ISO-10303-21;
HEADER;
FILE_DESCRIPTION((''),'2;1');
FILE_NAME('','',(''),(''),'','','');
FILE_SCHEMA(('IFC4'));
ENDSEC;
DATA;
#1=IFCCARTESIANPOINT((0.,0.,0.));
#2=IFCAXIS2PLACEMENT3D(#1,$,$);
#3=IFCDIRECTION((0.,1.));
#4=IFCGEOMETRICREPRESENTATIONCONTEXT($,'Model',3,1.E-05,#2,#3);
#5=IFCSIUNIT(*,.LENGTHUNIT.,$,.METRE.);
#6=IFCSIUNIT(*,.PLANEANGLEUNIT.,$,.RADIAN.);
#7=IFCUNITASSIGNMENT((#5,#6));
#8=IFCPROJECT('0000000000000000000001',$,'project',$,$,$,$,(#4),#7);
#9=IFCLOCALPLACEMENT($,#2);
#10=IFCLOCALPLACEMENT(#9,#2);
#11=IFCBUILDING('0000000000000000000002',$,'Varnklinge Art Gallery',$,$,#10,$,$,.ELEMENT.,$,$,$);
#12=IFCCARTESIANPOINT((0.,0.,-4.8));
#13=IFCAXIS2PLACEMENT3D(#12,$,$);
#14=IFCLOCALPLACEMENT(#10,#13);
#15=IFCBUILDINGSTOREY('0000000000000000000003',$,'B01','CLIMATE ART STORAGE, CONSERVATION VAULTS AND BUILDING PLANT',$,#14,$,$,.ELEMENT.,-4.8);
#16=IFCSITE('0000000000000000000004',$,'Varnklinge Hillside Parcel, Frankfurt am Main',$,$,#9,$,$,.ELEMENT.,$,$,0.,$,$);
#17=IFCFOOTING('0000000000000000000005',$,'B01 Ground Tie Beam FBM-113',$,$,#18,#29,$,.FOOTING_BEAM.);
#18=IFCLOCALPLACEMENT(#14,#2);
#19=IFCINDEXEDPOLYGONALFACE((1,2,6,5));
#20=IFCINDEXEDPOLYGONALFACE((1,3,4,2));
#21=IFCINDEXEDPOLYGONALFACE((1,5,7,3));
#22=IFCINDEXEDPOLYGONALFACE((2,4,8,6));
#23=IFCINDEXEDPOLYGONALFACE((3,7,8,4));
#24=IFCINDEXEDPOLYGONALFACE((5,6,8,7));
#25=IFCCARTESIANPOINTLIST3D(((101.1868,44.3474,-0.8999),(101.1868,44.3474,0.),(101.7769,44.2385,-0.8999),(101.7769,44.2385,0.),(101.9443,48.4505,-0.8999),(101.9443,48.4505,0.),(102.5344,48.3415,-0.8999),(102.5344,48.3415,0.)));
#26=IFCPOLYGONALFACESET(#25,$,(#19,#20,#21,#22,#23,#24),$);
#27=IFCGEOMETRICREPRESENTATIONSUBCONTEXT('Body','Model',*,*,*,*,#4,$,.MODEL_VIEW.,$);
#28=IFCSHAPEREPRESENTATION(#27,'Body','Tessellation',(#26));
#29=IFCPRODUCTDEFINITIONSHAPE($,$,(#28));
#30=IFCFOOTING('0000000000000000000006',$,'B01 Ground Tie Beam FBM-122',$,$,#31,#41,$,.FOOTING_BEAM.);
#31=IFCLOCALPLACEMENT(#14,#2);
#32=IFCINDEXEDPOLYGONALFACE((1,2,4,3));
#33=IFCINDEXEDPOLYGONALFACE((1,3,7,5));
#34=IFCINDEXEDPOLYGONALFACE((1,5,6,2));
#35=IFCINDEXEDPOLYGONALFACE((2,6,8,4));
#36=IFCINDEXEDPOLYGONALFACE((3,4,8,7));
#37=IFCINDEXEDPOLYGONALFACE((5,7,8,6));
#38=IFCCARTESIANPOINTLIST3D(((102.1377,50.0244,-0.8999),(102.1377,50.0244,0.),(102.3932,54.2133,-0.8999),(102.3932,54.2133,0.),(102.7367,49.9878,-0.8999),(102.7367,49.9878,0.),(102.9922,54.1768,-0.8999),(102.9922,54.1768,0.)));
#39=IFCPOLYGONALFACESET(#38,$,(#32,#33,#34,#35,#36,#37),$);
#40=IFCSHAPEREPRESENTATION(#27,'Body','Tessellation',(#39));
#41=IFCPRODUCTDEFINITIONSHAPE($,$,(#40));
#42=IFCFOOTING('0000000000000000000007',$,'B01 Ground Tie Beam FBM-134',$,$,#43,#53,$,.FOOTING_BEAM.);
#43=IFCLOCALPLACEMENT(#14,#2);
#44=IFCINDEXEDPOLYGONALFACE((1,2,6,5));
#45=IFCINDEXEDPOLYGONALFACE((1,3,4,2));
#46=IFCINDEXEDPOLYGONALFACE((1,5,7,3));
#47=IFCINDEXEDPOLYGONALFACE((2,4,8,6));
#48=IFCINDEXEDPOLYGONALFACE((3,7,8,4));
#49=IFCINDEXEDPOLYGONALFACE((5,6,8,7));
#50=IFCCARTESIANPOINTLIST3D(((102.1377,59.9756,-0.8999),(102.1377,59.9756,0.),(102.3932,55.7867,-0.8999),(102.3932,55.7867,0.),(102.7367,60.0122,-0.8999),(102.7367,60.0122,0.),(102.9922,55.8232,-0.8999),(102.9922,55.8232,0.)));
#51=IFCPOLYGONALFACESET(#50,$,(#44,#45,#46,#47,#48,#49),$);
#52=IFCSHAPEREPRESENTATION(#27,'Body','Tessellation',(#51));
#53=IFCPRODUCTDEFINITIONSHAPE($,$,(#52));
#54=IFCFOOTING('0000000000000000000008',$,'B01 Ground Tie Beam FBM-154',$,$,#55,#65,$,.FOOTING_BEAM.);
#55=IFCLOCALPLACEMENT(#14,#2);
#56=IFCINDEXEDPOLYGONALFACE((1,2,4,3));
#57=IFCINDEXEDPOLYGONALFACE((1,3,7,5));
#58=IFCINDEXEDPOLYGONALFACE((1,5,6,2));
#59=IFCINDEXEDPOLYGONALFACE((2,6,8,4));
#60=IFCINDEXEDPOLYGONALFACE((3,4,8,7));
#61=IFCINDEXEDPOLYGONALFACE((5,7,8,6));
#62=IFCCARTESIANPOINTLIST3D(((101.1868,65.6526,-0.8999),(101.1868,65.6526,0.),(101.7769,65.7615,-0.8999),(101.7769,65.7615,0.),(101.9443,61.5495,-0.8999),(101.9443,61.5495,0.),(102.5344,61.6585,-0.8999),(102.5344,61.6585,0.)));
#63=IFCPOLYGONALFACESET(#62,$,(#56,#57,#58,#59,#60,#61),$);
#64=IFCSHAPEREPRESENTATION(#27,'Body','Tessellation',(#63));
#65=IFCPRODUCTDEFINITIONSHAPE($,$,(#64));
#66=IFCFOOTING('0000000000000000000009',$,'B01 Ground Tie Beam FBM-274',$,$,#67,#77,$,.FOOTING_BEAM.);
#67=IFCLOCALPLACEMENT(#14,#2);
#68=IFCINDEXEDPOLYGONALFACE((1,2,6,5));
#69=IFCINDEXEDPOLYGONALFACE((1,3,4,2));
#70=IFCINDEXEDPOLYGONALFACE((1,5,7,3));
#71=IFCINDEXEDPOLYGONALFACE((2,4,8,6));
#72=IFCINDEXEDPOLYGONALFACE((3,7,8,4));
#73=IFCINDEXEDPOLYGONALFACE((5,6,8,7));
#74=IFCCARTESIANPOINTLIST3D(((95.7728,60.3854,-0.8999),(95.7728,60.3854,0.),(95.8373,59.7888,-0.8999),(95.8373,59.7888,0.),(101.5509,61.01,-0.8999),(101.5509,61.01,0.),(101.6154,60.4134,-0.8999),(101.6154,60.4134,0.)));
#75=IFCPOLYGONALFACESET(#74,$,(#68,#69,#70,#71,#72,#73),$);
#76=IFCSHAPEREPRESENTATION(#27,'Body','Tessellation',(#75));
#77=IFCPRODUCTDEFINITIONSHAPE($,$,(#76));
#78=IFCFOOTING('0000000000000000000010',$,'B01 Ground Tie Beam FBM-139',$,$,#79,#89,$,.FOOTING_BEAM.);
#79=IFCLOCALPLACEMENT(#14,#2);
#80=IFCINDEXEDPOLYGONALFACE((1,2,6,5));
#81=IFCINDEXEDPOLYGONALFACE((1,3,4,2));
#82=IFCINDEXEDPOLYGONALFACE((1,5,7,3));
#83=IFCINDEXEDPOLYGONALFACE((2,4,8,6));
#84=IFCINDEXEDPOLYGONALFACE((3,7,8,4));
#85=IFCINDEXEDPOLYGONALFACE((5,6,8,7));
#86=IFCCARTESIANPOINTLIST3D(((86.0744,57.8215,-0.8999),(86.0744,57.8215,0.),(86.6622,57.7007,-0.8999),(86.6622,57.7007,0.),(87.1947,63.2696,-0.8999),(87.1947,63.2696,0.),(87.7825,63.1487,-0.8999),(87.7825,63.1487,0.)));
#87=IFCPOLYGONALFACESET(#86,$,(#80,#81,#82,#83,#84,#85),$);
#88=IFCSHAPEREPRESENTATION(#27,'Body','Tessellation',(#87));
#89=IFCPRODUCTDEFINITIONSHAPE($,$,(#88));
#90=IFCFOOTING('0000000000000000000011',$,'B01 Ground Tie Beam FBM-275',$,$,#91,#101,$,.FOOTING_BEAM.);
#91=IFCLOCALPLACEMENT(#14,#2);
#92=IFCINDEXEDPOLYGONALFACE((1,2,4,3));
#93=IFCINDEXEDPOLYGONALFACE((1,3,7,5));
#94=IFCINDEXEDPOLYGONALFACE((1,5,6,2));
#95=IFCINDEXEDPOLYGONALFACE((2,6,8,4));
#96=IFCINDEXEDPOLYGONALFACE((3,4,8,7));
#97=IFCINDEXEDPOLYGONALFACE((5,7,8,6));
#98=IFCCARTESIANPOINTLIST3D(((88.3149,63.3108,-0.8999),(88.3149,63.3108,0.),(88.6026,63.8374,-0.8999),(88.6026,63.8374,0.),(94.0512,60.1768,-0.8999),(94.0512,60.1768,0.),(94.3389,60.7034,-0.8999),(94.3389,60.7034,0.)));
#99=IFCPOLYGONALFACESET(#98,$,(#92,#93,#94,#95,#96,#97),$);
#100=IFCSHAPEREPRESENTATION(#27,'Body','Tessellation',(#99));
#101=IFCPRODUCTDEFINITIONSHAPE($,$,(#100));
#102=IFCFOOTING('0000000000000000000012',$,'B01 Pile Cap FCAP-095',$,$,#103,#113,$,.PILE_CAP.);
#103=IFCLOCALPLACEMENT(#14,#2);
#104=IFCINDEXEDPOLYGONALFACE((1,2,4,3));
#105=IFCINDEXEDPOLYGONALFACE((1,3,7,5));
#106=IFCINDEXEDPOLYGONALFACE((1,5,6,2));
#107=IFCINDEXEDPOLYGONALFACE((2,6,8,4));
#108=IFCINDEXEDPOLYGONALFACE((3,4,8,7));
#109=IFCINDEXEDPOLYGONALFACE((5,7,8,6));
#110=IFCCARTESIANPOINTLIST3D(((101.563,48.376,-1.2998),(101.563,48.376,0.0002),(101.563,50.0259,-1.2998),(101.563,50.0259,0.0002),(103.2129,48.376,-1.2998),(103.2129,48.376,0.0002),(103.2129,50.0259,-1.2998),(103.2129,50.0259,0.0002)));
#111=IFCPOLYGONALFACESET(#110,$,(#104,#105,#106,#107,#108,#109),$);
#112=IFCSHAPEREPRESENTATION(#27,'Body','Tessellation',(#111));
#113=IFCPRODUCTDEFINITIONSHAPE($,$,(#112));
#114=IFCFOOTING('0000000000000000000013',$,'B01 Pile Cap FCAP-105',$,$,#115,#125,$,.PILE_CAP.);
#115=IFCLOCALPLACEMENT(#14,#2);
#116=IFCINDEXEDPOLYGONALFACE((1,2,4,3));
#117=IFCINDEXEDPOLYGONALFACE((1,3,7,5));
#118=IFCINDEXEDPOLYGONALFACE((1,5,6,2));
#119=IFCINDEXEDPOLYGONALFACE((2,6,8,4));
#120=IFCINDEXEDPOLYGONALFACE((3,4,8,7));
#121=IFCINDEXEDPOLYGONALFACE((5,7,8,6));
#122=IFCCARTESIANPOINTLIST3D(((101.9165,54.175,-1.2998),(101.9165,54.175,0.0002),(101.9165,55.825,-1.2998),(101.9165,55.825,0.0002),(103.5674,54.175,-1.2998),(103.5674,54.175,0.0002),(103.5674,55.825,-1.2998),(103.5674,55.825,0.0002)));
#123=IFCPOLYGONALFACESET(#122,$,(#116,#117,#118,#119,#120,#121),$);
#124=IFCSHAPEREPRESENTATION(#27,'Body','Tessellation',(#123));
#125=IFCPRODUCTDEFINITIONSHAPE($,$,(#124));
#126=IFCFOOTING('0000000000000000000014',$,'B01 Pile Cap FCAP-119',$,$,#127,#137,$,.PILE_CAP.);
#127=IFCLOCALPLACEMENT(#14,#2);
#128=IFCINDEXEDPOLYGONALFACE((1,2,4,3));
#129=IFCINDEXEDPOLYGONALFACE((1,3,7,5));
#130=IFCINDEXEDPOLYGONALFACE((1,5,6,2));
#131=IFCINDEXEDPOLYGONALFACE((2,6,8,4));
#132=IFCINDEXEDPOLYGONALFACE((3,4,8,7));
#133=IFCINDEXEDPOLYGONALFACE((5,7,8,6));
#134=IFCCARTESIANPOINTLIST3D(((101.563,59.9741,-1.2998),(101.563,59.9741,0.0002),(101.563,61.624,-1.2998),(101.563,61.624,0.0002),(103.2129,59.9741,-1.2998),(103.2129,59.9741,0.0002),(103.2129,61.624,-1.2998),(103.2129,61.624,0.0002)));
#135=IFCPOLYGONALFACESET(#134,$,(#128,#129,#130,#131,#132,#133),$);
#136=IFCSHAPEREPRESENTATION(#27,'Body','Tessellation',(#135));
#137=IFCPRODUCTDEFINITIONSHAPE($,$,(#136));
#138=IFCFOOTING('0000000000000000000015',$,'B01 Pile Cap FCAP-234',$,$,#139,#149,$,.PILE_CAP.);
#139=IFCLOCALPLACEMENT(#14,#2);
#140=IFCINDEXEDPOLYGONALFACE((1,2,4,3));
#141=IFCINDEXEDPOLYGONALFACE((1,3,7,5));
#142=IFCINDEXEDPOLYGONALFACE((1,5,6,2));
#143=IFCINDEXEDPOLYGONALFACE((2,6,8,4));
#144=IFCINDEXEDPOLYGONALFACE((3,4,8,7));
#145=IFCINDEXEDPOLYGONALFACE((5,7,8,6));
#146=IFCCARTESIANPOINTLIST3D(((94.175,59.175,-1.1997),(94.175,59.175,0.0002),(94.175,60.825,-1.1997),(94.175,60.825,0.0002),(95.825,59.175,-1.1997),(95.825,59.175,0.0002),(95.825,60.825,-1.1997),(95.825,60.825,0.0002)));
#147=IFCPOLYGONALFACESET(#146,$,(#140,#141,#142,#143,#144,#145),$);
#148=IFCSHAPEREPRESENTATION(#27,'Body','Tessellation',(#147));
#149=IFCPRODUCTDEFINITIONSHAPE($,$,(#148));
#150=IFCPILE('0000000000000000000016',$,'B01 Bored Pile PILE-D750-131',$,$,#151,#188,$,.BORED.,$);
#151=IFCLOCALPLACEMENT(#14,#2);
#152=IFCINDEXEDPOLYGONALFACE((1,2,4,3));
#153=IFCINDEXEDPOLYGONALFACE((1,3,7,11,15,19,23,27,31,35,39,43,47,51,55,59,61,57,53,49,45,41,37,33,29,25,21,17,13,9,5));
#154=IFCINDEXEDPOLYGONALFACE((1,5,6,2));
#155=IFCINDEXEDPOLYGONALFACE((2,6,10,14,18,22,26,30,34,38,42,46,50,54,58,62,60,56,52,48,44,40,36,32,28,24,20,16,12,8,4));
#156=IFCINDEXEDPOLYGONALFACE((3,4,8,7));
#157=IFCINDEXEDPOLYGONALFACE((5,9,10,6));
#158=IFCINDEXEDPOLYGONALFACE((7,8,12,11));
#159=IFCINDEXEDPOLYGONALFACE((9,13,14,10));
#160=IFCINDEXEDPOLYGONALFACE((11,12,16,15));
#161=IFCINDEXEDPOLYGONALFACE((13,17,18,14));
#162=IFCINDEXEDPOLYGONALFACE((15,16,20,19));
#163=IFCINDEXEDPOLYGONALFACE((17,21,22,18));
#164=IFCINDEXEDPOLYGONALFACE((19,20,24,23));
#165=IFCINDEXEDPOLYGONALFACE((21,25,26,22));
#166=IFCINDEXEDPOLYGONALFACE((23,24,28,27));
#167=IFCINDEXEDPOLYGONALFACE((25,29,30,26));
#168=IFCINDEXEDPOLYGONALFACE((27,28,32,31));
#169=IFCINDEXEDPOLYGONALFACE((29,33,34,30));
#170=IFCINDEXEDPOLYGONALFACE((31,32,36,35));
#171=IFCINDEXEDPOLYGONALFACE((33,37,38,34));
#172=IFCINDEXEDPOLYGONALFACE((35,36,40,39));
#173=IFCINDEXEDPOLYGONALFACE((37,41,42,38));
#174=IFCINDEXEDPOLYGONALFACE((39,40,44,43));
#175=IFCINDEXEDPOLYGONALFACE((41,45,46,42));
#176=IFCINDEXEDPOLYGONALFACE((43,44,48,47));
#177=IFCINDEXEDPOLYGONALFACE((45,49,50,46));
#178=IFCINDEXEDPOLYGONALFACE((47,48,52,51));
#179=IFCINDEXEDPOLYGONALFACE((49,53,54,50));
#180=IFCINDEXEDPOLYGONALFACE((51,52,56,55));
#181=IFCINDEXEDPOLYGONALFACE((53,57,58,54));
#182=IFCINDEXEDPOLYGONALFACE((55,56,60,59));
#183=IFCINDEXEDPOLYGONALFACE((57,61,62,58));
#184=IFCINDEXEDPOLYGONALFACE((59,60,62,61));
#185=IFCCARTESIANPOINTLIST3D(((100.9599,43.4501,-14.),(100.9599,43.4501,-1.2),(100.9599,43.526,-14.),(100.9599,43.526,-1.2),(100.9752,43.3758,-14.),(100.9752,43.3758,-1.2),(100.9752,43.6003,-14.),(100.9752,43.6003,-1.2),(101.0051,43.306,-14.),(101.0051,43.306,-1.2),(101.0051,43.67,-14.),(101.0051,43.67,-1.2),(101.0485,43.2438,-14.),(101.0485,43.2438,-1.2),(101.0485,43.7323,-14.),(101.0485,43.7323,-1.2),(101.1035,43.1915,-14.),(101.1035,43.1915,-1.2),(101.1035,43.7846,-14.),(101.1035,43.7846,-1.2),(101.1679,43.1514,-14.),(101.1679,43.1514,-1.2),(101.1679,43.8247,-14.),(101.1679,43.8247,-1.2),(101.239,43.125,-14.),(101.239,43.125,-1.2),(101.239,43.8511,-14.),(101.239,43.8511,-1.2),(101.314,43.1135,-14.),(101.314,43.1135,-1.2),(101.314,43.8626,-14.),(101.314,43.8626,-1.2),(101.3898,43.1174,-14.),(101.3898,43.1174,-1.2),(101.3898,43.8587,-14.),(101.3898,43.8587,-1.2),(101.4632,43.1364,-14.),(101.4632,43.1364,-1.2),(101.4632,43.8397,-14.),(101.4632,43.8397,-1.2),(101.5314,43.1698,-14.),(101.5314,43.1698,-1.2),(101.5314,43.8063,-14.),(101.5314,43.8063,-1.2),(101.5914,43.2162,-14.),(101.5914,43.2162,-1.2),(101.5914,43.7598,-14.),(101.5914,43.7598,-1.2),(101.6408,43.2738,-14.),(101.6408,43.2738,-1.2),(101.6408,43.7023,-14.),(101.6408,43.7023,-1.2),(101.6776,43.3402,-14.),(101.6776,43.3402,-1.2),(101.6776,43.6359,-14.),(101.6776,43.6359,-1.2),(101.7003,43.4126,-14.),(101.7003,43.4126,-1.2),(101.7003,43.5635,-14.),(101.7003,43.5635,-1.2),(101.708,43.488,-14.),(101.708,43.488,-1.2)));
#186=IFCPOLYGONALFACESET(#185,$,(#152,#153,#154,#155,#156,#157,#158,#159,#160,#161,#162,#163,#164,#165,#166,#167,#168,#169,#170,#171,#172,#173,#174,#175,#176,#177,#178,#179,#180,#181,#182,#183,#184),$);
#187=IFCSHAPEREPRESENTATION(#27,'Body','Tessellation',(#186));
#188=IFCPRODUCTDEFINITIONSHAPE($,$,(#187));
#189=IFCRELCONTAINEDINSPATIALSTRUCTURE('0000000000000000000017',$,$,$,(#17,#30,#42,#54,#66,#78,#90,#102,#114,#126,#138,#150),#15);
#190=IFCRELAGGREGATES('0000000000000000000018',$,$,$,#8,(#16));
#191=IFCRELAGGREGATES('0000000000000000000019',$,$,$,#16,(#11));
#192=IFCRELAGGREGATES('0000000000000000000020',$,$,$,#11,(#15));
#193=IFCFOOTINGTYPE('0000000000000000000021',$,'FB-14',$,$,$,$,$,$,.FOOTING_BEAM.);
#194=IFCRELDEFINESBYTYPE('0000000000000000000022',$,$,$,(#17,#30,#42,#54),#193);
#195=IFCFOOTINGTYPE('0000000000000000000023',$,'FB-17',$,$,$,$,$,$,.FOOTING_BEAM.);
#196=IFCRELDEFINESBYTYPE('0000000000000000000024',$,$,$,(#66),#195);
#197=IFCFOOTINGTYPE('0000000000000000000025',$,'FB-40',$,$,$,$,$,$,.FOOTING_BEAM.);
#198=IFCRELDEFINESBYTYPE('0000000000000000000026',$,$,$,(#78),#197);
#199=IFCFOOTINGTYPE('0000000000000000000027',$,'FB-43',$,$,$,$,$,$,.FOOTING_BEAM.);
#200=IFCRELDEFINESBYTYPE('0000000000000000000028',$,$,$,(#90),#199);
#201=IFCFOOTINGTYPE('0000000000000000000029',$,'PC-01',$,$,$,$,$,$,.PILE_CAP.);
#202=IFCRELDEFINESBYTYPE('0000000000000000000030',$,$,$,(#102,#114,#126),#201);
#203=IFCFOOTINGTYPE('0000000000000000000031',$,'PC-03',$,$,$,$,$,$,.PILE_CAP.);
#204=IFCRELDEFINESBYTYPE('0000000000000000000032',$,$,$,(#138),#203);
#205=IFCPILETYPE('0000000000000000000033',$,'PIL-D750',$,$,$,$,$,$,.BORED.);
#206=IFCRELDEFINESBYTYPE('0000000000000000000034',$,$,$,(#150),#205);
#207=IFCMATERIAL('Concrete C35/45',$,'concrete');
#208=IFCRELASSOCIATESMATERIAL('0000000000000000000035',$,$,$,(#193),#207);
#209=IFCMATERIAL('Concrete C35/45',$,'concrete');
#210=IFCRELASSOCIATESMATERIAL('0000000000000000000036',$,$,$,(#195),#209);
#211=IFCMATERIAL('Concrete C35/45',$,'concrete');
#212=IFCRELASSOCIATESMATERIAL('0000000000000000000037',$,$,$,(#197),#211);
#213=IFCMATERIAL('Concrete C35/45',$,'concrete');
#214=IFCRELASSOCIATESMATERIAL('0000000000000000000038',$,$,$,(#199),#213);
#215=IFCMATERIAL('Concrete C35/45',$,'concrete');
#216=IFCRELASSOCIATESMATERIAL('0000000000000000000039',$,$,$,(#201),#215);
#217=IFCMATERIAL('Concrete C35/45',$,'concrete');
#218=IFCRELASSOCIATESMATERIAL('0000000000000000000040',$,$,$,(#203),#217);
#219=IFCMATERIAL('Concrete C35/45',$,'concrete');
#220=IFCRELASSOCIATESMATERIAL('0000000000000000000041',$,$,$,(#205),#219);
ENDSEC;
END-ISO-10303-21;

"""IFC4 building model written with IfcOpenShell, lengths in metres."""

from ifc_helpers import new_model, si_unit, direction, frame, origin, origin_2d, place, context, subcontext, project, spatial, rectangle, circle, extrude, material, material_profile, profile_set, type_object, element, save


model = new_model("IFC4")

# Units and contexts
model_context = context("Model", 3, precision=1e-05, world=origin(), true_north=direction((0.0, 1.0)))
body_context = subcontext(model_context, "Body", "Model", "MODEL_VIEW")
ifc_project = project(units=[si_unit("LENGTHUNIT", "METRE"), si_unit("PLANEANGLEUNIT", "RADIAN")], contexts=[model_context])

# Site, building, storey
site_placement = place(None, origin())
site = spatial("IfcSite", under=ifc_project, at=site_placement, Name="Varnklinge Hillside Parcel, Frankfurt am Main", CompositionType="ELEMENT", RefElevation=0.0)
building_placement = place(site_placement, origin())
building = spatial("IfcBuilding", under=site, at=building_placement, Name="Varnklinge Art Gallery", CompositionType="ELEMENT")
storey_placement = place(building_placement, frame((0.0, 0.0, -4.8)))
storey = spatial("IfcBuildingStorey", under=building, at=storey_placement, Name="B01", Description="CLIMATE ART STORAGE, CONSERVATION VAULTS AND BUILDING PLANT", CompositionType="ELEMENT", Elevation=-4.8)

# Footings
ifc_material_1 = material(Name="Concrete C35/45", Category="concrete")
footing_type_1 = type_object("IfcFootingType", Name="FB-14", PredefinedType="FOOTING_BEAM", material=ifc_material_1)
footing_1_placement = place(storey_placement, frame((101.8606, 46.3445, -0.8999), z_axis=(0.0, 0.0, 1.0), x_axis=(0.181549, 0.983382, 0.0)))
element("IfcFooting", 1, at=footing_1_placement, inside=storey, type_object=footing_type_1, Name="B01 Ground Tie Beam FBM-113", PredefinedType="FOOTING_BEAM", context=body_context, shape_type="SweptSolid", body=[
    extrude(rectangle(XDim=4.1724, YDim=0.6001, at=origin_2d()), origin(), (0.0, 0.0, 1.0), 0.8999),
])
for number, where, z_axis, x_axis, name in (
    (2, (102.5649, 52.1006, -0.8999), (0.0, 0.0, 1.0), (0.060874, 0.998145, 0.0), "B01 Ground Tie Beam FBM-122"),
    (3, (102.5649, 57.8994, -0.8999), (0.0, 0.0, 1.0), (-0.060874, 0.998145, 0.0), "B01 Ground Tie Beam FBM-134"),
):
    element("IfcFooting", number, at=place(storey_placement, frame(where, z_axis=z_axis, x_axis=x_axis)), inside=storey, type_object=footing_type_1, Name=name, PredefinedType="FOOTING_BEAM", context=body_context, shape_type="SweptSolid", body=[
        extrude(rectangle(XDim=4.1968, YDim=0.6001, at=origin_2d()), origin(), (0.0, 0.0, 1.0), 0.8999),
    ])
footing_2_placement = place(storey_placement, frame((101.8606, 63.6555, -0.8999), z_axis=(0.0, 0.0, 1.0), x_axis=(-0.181549, 0.983382, 0.0)))
element("IfcFooting", 4, at=footing_2_placement, inside=storey, type_object=footing_type_1, Name="B01 Ground Tie Beam FBM-154", PredefinedType="FOOTING_BEAM", context=body_context, shape_type="SweptSolid", body=[
    extrude(rectangle(XDim=4.1724, YDim=0.6001, at=origin_2d()), origin(), (0.0, 0.0, 1.0), 0.8999),
])
ifc_material_2 = material(Name="Concrete C35/45", Category="concrete")
footing_type_2 = type_object("IfcFootingType", Name="FB-17", PredefinedType="FOOTING_BEAM", material=ifc_material_2)
footing_3_placement = place(storey_placement, frame((98.6941, 60.3994, -0.8999), z_axis=(0.0, 0.0, 1.0), x_axis=(0.994207, 0.107479, 0.0)))
element("IfcFooting", 5, at=footing_3_placement, inside=storey, type_object=footing_type_2, Name="B01 Ground Tie Beam FBM-274", PredefinedType="FOOTING_BEAM", context=body_context, shape_type="SweptSolid", body=[
    extrude(rectangle(XDim=5.8118, YDim=0.6001, at=origin_2d()), origin(), (0.0, 0.0, 1.0), 0.8999),
])
ifc_material_3 = material(Name="Concrete C35/45", Category="concrete")
footing_type_3 = type_object("IfcFootingType", Name="FB-40", PredefinedType="FOOTING_BEAM", material=ifc_material_3)
footing_4_placement = place(storey_placement, frame((86.9285, 60.4851, -0.8999), z_axis=(0.0, 0.0, 1.0), x_axis=(0.20142, 0.979505, 0.0)))
element("IfcFooting", 6, at=footing_4_placement, inside=storey, type_object=footing_type_3, Name="B01 Ground Tie Beam FBM-139", PredefinedType="FOOTING_BEAM", context=body_context, shape_type="SweptSolid", body=[
    extrude(rectangle(XDim=5.562, YDim=0.6001, at=origin_2d()), origin(), (0.0, 0.0, 1.0), 0.8999),
])
ifc_material_4 = material(Name="Concrete C35/45", Category="concrete")
footing_type_4 = type_object("IfcFootingType", Name="FB-43", PredefinedType="FOOTING_BEAM", material=ifc_material_4)
footing_5_placement = place(storey_placement, frame((91.3269, 62.0071, -0.8999), z_axis=(0.0, 0.0, 1.0), x_axis=(-0.877565, 0.479458, 0.0)))
element("IfcFooting", 7, at=footing_5_placement, inside=storey, type_object=footing_type_4, Name="B01 Ground Tie Beam FBM-275", PredefinedType="FOOTING_BEAM", context=body_context, shape_type="SweptSolid", body=[
    extrude(rectangle(XDim=6.5366, YDim=0.6001, at=origin_2d()), origin(), (0.0, 0.0, 1.0), 0.8999),
])
ifc_material_5 = material(Name="Concrete C35/45", Category="concrete")
footing_type_5 = type_object("IfcFootingType", Name="PC-01", PredefinedType="PILE_CAP", material=ifc_material_5)
footing_6_placement = place(storey_placement, frame((102.3879, 49.2009, -1.2998), z_axis=(0.0, 0.0, 1.0), x_axis=(1.0, 0.0, 0.0)))
element("IfcFooting", 8, at=footing_6_placement, inside=storey, type_object=footing_type_5, Name="B01 Pile Cap FCAP-095", PredefinedType="PILE_CAP", context=body_context, shape_type="SweptSolid", body=[
    extrude(rectangle(XDim=1.6499, YDim=1.6499, at=origin_2d()), origin(), (0.0, 0.0, 1.0), 1.3),
])
footing_7_placement = place(storey_placement, frame((102.7419, 55.0, -1.2998), z_axis=(0.0, 0.0, 1.0), x_axis=(1.0, 0.0, 0.0)))
element("IfcFooting", 9, at=footing_7_placement, inside=storey, type_object=footing_type_5, Name="B01 Pile Cap FCAP-105", PredefinedType="PILE_CAP", context=body_context, shape_type="SweptSolid", body=[
    extrude(rectangle(XDim=1.6509, YDim=1.6499, at=origin_2d()), origin(), (0.0, 0.0, 1.0), 1.3),
])
footing_8_placement = place(storey_placement, frame((102.3879, 60.7991, -1.2998), z_axis=(0.0, 0.0, 1.0), x_axis=(1.0, 0.0, 0.0)))
element("IfcFooting", 10, at=footing_8_placement, inside=storey, type_object=footing_type_5, Name="B01 Pile Cap FCAP-119", PredefinedType="PILE_CAP", context=body_context, shape_type="SweptSolid", body=[
    extrude(rectangle(XDim=1.6499, YDim=1.6499, at=origin_2d()), origin(), (0.0, 0.0, 1.0), 1.3),
])
ifc_material_6 = material(Name="Concrete C35/45", Category="concrete")
footing_type_6 = type_object("IfcFootingType", Name="PC-03", PredefinedType="PILE_CAP", material=ifc_material_6)
footing_9_placement = place(storey_placement, frame((95.0, 60.0, -1.1997), z_axis=(0.0, 0.0, 1.0), x_axis=(1.0, 0.0, 0.0)))
element("IfcFooting", 11, at=footing_9_placement, inside=storey, type_object=footing_type_6, Name="B01 Pile Cap FCAP-234", PredefinedType="PILE_CAP", context=body_context, shape_type="SweptSolid", body=[
    extrude(rectangle(XDim=1.6499, YDim=1.6499, at=origin_2d()), origin(), (0.0, 0.0, 1.0), 1.2),
])

# Pile
ifc_material_7 = material(Name="Concrete C35/45", Category="concrete")
ifc_material_profile_1 = material_profile(ifc_material_7, circle(Radius=0.375, at=origin_2d()), Name="PILE D750")
ifc_profile_set_1 = profile_set([ifc_material_profile_1], Name="Concrete C35/45")
pile_type = type_object("IfcPileType", Name="PIL-D750", PredefinedType="BORED", material=ifc_profile_set_1)
for number, where, z_axis, x_axis, name in (
    (12, (101.333, 43.488, -1.2), (0.0, 0.0, -1.0), (1.0, 0.0, 0.0), "B01 Bored Pile PILE-D750-131"),
):
    element("IfcPile", number, at=place(storey_placement, frame(where, z_axis=z_axis, x_axis=x_axis)), inside=storey, type_object=pile_type, Name=name, PredefinedType="BORED", context=body_context, shape_type="SweptSolid", body=[
        extrude(circle(Radius=0.375, at=origin_2d()), origin(), (0.0, 0.0, 1.0), 12.8),
    ])

save(model, "model.ifc")
